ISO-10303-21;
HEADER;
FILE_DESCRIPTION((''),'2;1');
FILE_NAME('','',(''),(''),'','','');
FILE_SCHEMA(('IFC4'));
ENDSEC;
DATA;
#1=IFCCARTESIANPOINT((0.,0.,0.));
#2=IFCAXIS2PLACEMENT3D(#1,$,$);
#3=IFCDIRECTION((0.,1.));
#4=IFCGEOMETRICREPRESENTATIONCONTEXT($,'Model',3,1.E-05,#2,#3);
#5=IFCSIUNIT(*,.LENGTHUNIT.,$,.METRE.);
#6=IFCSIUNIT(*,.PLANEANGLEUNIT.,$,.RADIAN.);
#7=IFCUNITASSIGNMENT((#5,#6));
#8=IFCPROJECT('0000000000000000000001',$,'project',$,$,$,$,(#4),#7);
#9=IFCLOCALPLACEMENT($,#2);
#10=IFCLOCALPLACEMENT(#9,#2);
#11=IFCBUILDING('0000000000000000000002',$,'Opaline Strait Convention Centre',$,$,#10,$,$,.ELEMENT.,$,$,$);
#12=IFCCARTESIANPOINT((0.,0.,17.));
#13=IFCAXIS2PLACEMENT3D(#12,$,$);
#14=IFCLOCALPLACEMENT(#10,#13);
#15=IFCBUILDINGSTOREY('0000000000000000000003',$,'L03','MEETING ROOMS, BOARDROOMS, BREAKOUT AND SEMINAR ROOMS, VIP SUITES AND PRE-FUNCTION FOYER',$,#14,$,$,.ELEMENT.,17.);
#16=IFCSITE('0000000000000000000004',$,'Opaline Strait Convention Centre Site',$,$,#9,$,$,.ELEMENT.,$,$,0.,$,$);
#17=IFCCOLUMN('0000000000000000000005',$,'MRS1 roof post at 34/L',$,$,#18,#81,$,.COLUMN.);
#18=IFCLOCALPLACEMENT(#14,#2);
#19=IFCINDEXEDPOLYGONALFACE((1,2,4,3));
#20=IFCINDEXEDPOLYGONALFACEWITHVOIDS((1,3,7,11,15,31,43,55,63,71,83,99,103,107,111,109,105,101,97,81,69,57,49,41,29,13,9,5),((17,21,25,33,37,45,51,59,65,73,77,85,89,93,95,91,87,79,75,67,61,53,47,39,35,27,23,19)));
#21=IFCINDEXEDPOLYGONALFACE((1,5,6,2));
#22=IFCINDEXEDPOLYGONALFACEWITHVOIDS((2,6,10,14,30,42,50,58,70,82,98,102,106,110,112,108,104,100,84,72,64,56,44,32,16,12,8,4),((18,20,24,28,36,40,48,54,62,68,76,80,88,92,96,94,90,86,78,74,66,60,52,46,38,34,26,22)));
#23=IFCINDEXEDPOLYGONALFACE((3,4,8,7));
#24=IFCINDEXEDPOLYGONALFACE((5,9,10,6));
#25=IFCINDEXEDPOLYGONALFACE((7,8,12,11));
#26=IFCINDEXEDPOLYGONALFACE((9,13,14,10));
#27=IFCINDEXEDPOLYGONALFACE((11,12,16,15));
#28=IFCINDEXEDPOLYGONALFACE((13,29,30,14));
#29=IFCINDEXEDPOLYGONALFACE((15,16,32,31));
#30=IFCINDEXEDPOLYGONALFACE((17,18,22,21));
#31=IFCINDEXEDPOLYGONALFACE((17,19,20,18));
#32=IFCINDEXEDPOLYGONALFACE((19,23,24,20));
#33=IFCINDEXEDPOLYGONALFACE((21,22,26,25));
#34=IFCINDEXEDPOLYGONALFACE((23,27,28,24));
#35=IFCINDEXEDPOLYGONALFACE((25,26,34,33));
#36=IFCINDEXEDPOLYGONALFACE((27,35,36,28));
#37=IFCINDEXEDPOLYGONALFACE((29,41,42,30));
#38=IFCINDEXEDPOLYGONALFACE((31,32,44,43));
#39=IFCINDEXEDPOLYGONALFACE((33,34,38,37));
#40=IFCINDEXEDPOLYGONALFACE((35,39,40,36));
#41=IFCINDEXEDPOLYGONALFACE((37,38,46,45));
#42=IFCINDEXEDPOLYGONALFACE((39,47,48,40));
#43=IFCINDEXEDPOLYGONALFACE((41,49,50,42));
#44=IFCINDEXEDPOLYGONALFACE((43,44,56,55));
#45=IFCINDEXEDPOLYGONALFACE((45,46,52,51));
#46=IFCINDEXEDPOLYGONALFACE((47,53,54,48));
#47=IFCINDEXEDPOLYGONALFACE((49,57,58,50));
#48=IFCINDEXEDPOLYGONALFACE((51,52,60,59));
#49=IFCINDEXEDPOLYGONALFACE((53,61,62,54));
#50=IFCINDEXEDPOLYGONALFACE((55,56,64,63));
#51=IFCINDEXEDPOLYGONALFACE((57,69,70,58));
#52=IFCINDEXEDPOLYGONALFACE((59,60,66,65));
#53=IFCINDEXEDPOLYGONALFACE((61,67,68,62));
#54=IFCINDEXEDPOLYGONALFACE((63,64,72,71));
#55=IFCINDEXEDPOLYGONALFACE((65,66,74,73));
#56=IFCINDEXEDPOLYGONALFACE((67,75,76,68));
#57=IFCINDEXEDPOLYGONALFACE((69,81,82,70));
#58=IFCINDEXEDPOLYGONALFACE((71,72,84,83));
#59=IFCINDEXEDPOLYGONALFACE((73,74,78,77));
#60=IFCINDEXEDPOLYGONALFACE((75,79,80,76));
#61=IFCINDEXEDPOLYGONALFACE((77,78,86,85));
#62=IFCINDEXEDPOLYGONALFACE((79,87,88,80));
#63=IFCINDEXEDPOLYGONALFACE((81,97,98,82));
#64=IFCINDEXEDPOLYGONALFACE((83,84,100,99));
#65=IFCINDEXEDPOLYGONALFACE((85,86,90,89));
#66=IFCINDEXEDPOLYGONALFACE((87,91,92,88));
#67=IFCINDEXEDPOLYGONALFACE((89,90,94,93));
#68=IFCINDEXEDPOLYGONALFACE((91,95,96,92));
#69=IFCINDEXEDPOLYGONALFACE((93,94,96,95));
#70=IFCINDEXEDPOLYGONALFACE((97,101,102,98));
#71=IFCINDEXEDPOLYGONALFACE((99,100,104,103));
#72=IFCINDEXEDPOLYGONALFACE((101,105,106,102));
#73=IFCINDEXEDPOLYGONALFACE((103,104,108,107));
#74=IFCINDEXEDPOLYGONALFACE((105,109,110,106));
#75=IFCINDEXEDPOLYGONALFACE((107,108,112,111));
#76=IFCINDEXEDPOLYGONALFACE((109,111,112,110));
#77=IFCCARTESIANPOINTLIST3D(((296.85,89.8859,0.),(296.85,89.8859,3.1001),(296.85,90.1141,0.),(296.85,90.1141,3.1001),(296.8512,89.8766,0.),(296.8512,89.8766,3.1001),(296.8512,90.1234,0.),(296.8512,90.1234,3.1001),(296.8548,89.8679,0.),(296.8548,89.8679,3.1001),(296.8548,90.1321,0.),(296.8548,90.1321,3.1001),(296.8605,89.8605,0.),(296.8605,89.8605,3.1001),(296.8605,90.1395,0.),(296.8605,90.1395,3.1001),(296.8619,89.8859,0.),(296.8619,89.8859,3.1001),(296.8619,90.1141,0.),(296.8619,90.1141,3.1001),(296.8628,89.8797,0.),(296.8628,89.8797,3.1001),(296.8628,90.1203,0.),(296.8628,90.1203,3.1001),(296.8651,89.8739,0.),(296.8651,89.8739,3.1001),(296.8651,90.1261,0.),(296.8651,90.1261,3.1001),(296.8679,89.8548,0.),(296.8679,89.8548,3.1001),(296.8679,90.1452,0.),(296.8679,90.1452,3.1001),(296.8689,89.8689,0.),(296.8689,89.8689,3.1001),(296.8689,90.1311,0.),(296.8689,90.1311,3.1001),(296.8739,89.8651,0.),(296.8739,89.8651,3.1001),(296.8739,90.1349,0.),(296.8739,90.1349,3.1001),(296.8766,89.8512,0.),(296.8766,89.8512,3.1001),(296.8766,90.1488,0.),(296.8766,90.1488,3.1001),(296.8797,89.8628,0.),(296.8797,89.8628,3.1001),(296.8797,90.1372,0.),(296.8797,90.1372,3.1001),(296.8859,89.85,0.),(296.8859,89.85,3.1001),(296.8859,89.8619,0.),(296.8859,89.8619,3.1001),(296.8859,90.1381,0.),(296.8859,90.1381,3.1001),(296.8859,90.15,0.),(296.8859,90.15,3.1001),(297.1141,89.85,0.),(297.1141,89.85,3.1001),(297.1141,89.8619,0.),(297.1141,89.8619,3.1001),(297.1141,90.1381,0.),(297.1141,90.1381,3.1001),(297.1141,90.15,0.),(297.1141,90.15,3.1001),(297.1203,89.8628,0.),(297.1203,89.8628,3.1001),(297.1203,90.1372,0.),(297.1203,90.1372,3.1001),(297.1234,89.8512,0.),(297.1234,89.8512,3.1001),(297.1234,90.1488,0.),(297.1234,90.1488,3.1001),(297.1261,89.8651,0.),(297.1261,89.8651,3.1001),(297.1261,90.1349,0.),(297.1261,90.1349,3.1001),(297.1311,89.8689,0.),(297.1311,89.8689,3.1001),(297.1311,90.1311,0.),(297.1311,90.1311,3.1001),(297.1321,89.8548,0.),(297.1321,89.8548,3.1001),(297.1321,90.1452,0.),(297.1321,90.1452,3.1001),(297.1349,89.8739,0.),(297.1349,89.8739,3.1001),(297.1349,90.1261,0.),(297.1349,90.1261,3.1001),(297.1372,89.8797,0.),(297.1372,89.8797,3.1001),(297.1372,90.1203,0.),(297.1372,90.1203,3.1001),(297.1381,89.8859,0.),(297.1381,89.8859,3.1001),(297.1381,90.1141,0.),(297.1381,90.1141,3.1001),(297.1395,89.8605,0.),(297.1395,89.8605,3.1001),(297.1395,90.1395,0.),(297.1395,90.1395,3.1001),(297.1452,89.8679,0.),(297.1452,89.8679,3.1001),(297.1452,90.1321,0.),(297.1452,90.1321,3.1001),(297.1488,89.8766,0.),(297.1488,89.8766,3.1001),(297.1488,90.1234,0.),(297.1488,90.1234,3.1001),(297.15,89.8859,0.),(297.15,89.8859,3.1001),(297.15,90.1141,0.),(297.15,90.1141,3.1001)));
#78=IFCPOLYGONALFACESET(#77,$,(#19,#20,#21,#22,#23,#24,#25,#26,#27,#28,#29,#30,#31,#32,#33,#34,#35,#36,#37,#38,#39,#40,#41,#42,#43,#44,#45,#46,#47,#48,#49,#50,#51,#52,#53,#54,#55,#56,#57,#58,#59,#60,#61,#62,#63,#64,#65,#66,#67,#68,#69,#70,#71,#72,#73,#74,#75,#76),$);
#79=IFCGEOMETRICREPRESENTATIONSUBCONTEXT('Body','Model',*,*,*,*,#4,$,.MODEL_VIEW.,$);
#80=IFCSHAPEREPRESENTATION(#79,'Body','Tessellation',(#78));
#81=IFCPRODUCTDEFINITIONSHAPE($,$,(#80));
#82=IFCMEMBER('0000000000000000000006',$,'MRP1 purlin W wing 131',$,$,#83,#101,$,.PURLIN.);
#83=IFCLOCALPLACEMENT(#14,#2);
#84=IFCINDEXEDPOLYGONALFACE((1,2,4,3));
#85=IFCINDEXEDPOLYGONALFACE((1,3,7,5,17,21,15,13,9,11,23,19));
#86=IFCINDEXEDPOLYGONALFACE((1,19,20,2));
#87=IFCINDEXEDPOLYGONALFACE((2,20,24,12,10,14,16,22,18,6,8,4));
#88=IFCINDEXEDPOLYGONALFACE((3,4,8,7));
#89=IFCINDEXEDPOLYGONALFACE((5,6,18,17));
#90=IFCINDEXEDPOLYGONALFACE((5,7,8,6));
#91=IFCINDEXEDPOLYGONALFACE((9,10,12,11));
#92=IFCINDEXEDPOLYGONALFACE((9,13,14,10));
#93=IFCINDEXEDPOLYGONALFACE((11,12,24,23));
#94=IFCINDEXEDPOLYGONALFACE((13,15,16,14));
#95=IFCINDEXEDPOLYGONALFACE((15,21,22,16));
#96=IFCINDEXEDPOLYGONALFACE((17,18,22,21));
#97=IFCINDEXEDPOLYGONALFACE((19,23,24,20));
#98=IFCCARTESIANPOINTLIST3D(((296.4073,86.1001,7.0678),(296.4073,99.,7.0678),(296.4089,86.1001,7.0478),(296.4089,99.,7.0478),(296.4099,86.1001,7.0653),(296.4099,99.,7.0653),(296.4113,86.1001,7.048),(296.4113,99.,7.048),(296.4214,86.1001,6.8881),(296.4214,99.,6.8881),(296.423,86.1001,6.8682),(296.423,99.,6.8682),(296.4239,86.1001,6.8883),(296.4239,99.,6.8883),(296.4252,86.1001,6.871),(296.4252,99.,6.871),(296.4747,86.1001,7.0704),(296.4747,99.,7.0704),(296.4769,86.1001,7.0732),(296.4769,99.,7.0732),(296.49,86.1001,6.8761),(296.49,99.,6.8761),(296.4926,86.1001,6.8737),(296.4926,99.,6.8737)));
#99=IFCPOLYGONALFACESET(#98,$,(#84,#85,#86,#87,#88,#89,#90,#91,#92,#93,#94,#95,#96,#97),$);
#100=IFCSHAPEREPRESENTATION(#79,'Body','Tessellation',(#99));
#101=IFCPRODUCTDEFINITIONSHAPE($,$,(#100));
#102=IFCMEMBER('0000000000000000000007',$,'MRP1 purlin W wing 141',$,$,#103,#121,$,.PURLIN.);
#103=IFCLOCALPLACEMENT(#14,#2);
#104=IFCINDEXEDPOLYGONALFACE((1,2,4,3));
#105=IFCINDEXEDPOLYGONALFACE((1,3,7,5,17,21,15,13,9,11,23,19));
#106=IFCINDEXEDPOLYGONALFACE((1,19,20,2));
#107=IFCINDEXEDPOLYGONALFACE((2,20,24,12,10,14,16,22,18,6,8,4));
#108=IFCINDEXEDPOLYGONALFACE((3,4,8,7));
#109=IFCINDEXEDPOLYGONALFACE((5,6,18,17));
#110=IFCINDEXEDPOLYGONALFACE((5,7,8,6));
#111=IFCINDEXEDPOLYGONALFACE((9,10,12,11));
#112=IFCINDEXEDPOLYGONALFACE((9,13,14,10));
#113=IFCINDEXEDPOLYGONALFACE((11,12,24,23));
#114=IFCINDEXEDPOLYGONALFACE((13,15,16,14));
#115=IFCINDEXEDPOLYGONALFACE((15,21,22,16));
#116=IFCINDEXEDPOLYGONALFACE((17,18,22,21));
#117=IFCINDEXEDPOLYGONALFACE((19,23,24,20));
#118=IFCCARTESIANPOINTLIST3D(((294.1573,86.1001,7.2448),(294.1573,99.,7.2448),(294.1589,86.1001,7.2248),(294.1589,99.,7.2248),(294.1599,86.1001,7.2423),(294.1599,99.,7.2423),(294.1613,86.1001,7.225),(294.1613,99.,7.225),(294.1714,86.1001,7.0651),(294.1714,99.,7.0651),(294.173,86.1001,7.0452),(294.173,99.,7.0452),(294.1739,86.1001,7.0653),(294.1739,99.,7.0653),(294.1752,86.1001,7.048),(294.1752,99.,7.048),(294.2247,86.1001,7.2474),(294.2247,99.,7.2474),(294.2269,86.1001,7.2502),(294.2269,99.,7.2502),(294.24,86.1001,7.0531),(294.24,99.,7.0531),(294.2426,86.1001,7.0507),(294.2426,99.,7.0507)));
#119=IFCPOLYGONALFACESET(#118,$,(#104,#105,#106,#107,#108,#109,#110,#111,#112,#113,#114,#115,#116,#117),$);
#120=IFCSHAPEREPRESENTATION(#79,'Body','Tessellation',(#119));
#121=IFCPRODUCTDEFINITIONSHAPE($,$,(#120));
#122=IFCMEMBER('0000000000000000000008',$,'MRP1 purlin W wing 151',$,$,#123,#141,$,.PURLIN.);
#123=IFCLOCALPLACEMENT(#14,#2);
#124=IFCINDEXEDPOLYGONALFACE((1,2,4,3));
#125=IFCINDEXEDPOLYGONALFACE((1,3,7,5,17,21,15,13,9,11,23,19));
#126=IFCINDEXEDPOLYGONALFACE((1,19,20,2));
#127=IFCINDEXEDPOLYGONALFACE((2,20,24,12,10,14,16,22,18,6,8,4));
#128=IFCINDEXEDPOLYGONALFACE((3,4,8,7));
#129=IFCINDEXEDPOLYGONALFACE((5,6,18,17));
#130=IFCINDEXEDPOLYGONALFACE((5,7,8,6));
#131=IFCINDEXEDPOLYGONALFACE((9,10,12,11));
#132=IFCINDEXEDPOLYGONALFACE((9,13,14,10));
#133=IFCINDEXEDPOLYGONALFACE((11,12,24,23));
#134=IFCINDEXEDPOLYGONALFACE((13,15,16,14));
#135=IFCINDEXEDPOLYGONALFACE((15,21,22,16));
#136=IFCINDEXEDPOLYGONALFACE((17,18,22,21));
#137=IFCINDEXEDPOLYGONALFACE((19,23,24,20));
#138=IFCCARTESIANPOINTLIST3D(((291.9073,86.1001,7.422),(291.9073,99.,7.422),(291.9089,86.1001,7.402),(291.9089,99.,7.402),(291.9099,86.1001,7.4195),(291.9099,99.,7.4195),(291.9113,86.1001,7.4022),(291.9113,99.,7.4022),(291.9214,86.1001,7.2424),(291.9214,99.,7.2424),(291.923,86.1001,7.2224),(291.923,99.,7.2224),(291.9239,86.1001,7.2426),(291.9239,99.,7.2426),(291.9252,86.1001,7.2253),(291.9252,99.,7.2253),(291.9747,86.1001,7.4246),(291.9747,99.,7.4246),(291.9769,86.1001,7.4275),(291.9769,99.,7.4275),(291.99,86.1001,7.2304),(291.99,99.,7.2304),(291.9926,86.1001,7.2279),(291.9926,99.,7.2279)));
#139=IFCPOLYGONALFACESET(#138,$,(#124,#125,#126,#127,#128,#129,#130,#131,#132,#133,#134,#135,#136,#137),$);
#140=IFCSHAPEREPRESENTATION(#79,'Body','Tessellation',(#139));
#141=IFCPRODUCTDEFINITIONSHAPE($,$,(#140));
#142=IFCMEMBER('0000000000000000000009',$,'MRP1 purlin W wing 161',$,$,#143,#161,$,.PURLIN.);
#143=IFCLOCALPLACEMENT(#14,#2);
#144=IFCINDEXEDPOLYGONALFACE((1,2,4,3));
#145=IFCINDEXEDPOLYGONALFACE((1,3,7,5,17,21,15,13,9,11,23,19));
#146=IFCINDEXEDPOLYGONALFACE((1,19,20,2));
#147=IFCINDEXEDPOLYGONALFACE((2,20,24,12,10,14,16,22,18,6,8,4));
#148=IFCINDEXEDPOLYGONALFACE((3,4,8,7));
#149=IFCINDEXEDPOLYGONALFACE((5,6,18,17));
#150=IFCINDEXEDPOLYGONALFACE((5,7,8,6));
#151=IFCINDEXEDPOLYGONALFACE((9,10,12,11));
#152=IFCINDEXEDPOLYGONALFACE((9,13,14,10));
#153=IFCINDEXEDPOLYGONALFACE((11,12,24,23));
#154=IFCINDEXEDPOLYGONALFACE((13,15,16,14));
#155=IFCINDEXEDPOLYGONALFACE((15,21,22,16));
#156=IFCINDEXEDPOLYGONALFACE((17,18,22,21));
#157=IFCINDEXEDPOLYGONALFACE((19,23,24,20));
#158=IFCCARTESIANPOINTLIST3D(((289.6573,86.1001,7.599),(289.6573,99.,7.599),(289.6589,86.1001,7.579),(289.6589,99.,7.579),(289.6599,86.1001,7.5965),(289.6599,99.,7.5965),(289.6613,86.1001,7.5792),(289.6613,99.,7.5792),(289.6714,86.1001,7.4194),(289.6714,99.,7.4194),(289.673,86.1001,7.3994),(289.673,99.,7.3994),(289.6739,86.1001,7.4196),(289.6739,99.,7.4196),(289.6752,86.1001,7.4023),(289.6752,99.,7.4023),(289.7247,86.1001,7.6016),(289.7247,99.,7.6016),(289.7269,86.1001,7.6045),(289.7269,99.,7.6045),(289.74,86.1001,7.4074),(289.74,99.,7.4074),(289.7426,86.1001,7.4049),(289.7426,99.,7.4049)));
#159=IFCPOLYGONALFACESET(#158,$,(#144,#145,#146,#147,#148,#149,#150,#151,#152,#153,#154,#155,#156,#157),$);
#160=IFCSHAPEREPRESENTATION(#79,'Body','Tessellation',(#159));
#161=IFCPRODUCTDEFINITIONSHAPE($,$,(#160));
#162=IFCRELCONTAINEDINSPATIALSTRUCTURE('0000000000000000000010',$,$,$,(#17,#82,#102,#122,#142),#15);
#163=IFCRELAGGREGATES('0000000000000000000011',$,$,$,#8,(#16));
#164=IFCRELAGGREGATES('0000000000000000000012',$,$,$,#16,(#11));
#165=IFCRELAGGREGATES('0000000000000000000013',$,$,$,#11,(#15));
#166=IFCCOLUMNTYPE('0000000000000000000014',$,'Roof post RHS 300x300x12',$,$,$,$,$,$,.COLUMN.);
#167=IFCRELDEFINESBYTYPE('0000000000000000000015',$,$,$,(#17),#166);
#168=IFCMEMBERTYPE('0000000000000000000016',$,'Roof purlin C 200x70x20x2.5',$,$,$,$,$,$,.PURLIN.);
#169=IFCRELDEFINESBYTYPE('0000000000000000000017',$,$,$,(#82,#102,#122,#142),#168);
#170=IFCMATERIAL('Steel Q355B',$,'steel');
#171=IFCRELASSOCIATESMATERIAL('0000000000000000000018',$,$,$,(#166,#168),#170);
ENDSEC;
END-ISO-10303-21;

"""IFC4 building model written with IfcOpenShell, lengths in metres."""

from ifc_helpers import new_model, si_unit, direction, frame, origin, origin_2d, place, context, subcontext, project, spatial, polyline, hollow_rectangle, outline, extrude, material, material_profile, profile_set, type_object, element, save


model = new_model("IFC4")

# Units and contexts
model_context = context("Model", 3, precision=1e-05, world=origin(), true_north=direction((0.0, 1.0)))
body_context = subcontext(model_context, "Body", "Model", "MODEL_VIEW")
ifc_project = project(units=[si_unit("LENGTHUNIT", "METRE"), si_unit("PLANEANGLEUNIT", "RADIAN")], contexts=[model_context])

# Site, building, storey
site_placement = place(None, origin())
site = spatial("IfcSite", under=ifc_project, at=site_placement, Name="Opaline Strait Convention Centre Site", CompositionType="ELEMENT", RefElevation=0.0)
building_placement = place(site_placement, origin())
building = spatial("IfcBuilding", under=site, at=building_placement, Name="Opaline Strait Convention Centre", CompositionType="ELEMENT")
storey_placement = place(building_placement, frame((0.0, 0.0, 17.0)))
storey = spatial("IfcBuildingStorey", under=building, at=storey_placement, Name="L03", Description="MEETING ROOMS, BOARDROOMS, BREAKOUT AND SEMINAR ROOMS, VIP SUITES AND PRE-FUNCTION FOYER", CompositionType="ELEMENT", Elevation=17.0)

# Column
ifc_material_1 = material(Name="Steel Q355B", Category="steel")
ifc_material_profile_1 = material_profile(ifc_material_1, hollow_rectangle(XDim=0.3, YDim=0.3, WallThickness=0.012, InnerFilletRadius=0.0239, OuterFilletRadius=0.0359, at=origin_2d()), Name="RHS 300x300x12")
ifc_profile_set_1 = profile_set([ifc_material_profile_1], Name="Steel Q355B")
column_type = type_object("IfcColumnType", Name="Roof post RHS 300x300x12", PredefinedType="COLUMN", material=ifc_profile_set_1)
column_placement = place(storey_placement, frame((297.0, 90.0, 0.0), z_axis=(0.0, 0.0, 1.0), x_axis=(1.0, 0.0, 0.0)))
element("IfcColumn", 1, at=column_placement, inside=storey, type_object=column_type, Name="MRS1 roof post at 34/L", PredefinedType="COLUMN", context=body_context, shape_type="SweptSolid", body=[
    extrude(hollow_rectangle(XDim=0.3, YDim=0.3, WallThickness=0.012, InnerFilletRadius=0.0239, OuterFilletRadius=0.0359, at=origin_2d()), origin(), (0.0, 0.0, 1.0), 3.1001),
])

# Members
ifc_material_profile_2 = material_profile(ifc_material_1, outline(polyline([(-0.0349, -0.1001), (0.0349, -0.1001), (0.0349, -0.0801), (0.0325, -0.0801), (0.0325, -0.0974), (-0.0325, -0.0974), (-0.0325, 0.0974), (0.0325, 0.0974), (0.0325, 0.0801), (0.0349, 0.0801), (0.0349, 0.1001), (-0.0349, 0.1001), (-0.0349, -0.1001)])), Name="C 200x70x20x2.5")
ifc_profile_set_2 = profile_set([ifc_material_profile_2], Name="Steel Q355B")
member_type_1 = type_object("IfcMemberType", Name="Roof purlin C 200x70x20x2.5", PredefinedType="PURLIN", material=ifc_profile_set_2)
for number, where, z_axis, x_axis, name in (
    (2, (296.45, 86.1001, 6.9707), (0.0, 1.0, 0.0), (-0.996917, 0.0, -0.078459), "MRP1 purlin W wing 131"),
    (3, (294.2, 86.1001, 7.1477), (0.0, 1.0, 0.0), (-0.996917, 0.0, -0.078459), "MRP1 purlin W wing 141"),
    (4, (291.95, 86.1001, 7.325), (0.0, 1.0, 0.0), (-0.996917, 0.0, -0.078459), "MRP1 purlin W wing 151"),
    (5, (289.7, 86.1001, 7.502), (0.0, 1.0, 0.0), (-0.996917, 0.0, -0.078459), "MRP1 purlin W wing 161"),
):
    element("IfcMember", number, at=place(storey_placement, frame(where, z_axis=z_axis, x_axis=x_axis)), inside=storey, type_object=member_type_1, Name=name, PredefinedType="PURLIN", context=body_context, shape_type="SweptSolid", body=[
        extrude(outline(polyline([(-0.0349, -0.1001), (0.0349, -0.1001), (0.0349, -0.0801), (0.0325, -0.0801), (0.0325, -0.0974), (-0.0325, -0.0974), (-0.0325, 0.0974), (0.0325, 0.0974), (0.0325, 0.0801), (0.0349, 0.0801), (0.0349, 0.1001), (-0.0349, 0.1001), (-0.0349, -0.1001)])), origin(), (0.0, 0.0, 1.0), 12.8999),
    ])

save(model, "model.ifc")
